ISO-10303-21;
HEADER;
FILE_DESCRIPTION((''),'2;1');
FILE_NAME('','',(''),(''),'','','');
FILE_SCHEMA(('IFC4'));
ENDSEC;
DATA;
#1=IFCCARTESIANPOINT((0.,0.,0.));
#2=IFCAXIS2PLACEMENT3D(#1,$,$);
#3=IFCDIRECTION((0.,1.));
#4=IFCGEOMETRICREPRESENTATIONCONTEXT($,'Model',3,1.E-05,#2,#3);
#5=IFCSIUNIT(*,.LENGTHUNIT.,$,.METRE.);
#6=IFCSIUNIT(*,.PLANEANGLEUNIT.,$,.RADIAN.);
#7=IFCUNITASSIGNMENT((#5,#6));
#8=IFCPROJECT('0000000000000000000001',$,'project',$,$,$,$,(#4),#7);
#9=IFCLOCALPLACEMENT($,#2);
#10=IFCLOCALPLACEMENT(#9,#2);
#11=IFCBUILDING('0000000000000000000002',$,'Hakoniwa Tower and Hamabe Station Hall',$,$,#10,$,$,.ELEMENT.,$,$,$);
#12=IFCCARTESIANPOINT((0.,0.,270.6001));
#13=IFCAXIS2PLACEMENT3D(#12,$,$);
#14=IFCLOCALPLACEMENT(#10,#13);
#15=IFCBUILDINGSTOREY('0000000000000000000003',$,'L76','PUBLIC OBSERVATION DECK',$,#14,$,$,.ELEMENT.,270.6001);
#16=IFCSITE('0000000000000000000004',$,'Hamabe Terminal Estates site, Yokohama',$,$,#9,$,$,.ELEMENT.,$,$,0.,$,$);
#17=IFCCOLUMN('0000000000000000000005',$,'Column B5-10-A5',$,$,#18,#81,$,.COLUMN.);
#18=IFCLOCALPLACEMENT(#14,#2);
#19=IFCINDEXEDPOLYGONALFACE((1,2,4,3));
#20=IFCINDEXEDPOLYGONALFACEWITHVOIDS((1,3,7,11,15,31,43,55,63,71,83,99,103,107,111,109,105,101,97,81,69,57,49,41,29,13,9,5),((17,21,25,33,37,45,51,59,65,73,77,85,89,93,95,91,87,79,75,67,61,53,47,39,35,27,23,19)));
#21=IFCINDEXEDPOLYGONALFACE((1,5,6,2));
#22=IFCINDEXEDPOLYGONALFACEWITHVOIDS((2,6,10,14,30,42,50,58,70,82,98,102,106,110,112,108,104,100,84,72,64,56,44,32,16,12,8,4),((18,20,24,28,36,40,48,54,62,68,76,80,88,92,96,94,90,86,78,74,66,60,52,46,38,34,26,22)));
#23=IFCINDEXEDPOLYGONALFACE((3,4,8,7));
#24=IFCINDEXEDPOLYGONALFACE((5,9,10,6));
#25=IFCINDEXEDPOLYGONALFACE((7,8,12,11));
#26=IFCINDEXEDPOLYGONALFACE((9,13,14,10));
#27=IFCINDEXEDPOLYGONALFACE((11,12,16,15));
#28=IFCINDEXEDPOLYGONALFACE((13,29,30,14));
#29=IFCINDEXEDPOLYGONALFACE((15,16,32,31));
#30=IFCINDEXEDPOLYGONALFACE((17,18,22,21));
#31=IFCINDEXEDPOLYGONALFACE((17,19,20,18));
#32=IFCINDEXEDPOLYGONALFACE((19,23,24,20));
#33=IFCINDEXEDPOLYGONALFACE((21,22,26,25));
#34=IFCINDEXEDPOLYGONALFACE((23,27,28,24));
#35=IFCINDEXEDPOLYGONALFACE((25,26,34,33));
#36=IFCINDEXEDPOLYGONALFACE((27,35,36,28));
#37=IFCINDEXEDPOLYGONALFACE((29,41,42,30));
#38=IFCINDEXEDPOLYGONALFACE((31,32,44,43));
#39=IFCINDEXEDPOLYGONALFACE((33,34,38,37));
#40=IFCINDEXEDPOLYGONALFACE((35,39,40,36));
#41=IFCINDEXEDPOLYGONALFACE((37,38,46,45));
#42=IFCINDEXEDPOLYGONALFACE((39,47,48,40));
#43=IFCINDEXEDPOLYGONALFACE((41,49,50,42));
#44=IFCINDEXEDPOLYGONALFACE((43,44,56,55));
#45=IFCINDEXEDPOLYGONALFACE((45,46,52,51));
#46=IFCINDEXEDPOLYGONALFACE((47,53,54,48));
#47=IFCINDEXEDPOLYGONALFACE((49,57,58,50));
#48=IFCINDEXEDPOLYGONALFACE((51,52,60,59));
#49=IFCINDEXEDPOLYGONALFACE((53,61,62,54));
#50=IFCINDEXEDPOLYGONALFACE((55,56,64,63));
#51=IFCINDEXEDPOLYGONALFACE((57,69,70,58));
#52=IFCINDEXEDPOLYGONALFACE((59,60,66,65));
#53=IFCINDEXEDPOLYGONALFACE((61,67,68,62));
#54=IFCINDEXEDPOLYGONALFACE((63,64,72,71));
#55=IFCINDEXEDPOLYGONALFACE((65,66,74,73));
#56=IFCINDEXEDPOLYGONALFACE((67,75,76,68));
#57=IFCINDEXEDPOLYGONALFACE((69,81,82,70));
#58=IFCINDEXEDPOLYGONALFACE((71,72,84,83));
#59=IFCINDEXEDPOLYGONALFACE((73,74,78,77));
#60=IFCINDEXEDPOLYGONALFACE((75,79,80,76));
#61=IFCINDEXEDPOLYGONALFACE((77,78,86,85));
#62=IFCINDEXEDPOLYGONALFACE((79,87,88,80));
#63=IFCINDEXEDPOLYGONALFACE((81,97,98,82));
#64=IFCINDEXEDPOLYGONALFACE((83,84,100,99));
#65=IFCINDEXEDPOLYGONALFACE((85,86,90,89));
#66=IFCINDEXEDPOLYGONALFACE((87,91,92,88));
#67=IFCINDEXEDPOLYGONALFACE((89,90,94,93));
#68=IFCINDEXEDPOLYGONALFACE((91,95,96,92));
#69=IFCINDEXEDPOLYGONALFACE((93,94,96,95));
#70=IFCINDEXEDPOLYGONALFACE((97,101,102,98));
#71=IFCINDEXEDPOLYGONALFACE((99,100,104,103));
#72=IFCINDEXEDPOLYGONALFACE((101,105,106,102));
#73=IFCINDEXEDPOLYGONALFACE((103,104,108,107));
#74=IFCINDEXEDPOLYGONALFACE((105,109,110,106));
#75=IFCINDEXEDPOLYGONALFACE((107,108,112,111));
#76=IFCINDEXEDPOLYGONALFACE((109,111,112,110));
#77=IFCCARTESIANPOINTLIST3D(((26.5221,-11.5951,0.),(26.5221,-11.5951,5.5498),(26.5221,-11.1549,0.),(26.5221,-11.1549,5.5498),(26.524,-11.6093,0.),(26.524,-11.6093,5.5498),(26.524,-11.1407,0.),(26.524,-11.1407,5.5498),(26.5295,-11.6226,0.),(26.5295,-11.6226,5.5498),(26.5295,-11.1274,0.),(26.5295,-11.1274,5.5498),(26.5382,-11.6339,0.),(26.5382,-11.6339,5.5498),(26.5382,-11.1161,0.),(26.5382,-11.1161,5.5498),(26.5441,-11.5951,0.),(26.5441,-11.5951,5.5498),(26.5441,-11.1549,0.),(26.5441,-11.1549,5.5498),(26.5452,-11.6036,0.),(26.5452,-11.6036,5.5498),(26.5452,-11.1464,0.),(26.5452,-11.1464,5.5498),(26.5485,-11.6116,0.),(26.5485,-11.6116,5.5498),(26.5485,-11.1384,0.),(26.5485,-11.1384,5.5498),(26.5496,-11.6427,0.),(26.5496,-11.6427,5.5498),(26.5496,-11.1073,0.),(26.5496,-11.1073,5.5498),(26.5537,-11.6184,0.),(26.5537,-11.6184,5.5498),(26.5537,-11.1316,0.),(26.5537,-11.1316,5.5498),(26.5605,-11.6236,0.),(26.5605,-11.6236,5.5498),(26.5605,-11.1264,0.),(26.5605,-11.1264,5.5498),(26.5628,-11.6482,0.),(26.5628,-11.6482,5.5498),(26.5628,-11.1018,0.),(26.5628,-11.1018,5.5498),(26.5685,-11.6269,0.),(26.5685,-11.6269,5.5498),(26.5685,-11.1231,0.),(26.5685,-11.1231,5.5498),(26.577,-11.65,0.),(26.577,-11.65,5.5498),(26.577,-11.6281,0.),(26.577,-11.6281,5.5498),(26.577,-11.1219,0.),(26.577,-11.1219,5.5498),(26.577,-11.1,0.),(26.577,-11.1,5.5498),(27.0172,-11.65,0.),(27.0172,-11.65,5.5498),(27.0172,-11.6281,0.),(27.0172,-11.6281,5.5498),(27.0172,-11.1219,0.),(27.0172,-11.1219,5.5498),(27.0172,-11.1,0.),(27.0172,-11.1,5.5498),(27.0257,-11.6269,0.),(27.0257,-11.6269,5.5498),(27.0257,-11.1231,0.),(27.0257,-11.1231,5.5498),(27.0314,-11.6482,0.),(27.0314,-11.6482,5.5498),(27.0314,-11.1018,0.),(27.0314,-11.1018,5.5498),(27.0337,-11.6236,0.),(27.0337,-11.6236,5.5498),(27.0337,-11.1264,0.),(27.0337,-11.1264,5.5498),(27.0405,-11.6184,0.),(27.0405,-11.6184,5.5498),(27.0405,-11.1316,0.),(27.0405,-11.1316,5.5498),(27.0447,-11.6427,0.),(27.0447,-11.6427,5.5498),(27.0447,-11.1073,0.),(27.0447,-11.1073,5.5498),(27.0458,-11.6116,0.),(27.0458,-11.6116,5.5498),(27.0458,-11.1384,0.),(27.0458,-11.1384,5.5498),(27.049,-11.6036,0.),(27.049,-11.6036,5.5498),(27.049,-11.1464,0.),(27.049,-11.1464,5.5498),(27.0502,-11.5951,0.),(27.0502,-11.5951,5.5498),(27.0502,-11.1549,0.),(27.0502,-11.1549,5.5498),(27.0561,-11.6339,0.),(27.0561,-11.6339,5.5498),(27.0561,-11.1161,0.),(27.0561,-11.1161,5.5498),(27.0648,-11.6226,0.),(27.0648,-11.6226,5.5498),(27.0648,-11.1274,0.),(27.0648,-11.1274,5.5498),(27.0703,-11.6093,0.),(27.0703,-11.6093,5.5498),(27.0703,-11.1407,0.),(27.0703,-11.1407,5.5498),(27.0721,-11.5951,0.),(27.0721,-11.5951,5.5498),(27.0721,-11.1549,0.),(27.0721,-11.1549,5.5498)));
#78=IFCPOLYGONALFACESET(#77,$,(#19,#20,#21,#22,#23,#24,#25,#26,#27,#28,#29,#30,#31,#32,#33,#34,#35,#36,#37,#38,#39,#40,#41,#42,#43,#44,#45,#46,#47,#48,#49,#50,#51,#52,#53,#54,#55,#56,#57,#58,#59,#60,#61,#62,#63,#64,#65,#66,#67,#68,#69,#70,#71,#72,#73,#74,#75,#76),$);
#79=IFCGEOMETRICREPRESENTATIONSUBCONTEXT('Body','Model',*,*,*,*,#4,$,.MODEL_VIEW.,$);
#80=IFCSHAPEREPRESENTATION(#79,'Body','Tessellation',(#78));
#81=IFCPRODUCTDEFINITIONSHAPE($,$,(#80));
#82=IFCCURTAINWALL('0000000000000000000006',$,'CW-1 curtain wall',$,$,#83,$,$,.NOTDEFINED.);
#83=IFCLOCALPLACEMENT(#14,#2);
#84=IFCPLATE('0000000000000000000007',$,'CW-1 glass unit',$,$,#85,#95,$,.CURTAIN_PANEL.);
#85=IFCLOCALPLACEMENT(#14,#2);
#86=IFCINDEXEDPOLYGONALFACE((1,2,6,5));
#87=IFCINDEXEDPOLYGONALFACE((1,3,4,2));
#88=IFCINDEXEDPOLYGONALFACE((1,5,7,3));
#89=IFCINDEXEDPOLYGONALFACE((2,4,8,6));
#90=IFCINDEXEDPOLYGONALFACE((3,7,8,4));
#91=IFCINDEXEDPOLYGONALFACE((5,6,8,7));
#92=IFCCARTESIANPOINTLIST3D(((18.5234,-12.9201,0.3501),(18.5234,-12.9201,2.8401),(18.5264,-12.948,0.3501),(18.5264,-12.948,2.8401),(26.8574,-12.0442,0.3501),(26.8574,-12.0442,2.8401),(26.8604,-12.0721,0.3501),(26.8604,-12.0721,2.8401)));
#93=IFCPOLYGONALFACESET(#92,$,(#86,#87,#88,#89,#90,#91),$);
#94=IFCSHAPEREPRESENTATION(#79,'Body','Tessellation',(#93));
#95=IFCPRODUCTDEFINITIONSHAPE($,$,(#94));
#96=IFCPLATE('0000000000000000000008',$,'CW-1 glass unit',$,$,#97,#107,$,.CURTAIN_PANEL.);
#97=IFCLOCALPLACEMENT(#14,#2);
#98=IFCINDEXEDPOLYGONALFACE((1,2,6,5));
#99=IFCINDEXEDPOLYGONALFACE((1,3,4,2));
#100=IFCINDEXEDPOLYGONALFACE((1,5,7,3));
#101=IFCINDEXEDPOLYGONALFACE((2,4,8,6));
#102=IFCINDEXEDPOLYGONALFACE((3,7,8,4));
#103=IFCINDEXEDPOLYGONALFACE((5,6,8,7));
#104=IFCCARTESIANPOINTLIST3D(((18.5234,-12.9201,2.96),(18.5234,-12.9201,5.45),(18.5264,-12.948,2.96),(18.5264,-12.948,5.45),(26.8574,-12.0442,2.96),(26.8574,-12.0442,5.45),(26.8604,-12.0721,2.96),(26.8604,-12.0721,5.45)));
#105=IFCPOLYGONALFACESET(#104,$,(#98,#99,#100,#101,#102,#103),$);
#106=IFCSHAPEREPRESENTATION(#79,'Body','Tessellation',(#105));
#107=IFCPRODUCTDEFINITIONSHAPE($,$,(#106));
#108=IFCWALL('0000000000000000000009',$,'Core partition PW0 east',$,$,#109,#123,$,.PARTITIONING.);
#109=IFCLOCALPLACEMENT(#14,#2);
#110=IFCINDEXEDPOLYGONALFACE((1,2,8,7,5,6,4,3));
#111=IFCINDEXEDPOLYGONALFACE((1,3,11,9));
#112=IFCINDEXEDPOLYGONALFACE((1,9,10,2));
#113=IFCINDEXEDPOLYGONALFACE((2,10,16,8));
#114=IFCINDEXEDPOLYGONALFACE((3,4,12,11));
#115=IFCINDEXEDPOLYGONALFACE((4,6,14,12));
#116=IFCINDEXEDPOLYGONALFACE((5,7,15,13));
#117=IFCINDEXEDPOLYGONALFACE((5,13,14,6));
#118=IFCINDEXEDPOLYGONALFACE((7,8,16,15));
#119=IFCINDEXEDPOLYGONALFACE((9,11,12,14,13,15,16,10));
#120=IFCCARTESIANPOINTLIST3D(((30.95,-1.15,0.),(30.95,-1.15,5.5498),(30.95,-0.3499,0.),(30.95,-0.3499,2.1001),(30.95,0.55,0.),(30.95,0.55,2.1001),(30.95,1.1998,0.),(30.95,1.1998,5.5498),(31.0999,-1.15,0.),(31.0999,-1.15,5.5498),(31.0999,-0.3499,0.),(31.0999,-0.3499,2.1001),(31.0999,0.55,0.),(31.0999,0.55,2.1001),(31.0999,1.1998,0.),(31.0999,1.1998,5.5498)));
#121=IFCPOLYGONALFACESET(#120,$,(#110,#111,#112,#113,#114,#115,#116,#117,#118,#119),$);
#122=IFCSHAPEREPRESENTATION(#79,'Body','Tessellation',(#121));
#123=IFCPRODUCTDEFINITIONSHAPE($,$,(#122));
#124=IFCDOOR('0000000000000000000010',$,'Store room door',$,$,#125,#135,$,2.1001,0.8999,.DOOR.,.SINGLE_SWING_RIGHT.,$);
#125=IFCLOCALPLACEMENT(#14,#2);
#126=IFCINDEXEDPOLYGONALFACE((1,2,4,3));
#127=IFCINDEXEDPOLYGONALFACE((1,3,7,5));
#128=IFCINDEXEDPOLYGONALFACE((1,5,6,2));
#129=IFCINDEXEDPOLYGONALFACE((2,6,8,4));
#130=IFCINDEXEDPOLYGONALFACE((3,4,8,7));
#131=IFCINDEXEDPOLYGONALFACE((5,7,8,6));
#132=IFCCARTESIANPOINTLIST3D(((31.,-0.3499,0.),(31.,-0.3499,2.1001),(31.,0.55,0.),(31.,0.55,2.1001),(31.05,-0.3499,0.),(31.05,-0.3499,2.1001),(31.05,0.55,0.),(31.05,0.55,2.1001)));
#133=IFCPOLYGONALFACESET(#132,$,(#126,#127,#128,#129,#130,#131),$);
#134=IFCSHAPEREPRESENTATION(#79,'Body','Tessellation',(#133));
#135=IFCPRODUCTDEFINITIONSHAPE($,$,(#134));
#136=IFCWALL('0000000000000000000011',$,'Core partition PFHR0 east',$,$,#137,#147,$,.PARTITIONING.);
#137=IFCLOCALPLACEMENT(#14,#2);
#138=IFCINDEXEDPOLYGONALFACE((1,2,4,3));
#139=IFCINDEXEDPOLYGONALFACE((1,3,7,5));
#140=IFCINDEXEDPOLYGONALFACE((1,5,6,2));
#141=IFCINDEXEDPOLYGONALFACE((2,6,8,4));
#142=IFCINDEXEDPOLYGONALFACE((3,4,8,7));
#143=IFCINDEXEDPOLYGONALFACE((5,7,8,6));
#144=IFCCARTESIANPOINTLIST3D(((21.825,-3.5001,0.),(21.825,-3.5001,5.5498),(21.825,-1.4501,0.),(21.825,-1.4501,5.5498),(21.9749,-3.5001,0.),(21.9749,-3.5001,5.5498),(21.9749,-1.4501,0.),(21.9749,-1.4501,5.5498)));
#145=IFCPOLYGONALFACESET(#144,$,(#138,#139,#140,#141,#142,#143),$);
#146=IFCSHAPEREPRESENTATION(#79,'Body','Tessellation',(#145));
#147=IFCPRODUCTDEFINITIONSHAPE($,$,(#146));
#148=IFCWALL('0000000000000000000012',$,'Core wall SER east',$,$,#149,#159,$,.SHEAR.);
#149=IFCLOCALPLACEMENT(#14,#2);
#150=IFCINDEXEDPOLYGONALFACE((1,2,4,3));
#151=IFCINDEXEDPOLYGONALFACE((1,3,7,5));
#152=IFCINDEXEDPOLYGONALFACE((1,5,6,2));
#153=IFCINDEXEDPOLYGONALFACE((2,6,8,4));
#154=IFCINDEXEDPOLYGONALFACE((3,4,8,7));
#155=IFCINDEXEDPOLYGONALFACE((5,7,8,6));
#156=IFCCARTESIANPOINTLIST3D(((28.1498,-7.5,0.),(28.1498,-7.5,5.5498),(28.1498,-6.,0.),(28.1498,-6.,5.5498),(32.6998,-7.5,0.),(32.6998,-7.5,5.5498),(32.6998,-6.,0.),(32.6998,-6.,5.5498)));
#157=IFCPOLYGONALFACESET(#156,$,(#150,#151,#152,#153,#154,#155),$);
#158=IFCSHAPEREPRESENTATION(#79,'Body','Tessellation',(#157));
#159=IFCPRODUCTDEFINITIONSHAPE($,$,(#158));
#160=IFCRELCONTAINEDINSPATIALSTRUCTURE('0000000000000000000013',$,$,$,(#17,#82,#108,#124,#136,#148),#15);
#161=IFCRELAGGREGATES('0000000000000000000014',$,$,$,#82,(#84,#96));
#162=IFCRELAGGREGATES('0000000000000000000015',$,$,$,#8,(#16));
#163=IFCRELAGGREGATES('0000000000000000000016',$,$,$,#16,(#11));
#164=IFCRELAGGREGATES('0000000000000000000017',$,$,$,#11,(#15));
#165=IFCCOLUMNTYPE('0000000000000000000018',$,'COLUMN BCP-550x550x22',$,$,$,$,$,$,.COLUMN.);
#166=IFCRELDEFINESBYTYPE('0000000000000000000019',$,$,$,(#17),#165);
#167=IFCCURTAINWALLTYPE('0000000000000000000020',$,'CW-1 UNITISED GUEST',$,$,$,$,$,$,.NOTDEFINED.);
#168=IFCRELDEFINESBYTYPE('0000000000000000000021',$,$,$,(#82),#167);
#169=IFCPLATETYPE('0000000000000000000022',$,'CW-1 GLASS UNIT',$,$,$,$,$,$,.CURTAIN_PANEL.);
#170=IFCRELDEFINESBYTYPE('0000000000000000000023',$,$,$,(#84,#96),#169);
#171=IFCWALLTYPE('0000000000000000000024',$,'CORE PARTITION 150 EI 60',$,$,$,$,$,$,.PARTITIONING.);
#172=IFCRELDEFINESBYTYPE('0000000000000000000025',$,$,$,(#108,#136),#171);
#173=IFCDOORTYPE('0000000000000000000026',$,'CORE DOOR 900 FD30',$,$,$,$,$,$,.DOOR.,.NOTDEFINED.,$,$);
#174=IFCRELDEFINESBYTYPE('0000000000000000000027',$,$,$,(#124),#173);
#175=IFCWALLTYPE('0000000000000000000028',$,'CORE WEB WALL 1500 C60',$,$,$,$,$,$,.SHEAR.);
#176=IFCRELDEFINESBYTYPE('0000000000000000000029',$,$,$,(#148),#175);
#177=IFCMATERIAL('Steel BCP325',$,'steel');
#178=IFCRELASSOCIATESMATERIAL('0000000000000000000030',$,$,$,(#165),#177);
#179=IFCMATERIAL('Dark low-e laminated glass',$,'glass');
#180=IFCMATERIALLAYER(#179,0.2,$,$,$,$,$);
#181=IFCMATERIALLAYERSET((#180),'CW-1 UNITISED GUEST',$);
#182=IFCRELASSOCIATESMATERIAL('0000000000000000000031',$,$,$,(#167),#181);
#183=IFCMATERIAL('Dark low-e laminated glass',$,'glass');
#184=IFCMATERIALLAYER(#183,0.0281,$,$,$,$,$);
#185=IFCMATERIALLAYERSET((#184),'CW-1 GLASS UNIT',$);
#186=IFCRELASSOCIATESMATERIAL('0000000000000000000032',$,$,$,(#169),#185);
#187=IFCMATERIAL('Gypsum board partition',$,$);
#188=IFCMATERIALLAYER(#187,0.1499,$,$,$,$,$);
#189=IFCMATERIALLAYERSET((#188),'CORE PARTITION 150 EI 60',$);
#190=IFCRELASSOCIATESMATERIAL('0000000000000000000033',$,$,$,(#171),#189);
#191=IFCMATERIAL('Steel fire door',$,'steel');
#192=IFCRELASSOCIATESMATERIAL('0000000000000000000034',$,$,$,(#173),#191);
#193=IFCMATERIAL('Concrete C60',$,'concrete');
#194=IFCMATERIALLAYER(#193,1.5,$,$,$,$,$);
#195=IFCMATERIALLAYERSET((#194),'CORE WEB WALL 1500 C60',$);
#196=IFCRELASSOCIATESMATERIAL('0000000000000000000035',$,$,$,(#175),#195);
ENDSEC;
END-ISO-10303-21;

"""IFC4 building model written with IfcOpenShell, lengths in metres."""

from ifc_helpers import new_model, si_unit, direction, frame, frame_2d, origin, origin_2d, place, context, subcontext, project, spatial, rectangle, hollow_rectangle, extrude, material, layer, layer_set, material_profile, profile_set, type_object, element, fill, aggregate, save


model = new_model("IFC4")

# Units and contexts
model_context = context("Model", 3, precision=1e-05, world=origin(), true_north=direction((0.0, 1.0)))
body_context = subcontext(model_context, "Body", "Model", "MODEL_VIEW")
ifc_project = project(units=[si_unit("LENGTHUNIT", "METRE"), si_unit("PLANEANGLEUNIT", "RADIAN")], contexts=[model_context])

# Site, building, storey
site_placement = place(None, origin())
site = spatial("IfcSite", under=ifc_project, at=site_placement, Name="Hamabe Terminal Estates site, Yokohama", CompositionType="ELEMENT", RefElevation=0.0)
building_placement = place(site_placement, origin())
building = spatial("IfcBuilding", under=site, at=building_placement, Name="Hakoniwa Tower and Hamabe Station Hall", CompositionType="ELEMENT")
storey_placement = place(building_placement, frame((0.0, 0.0, 270.6001)))
storey = spatial("IfcBuildingStorey", under=building, at=storey_placement, Name="L76", Description="PUBLIC OBSERVATION DECK", CompositionType="ELEMENT", Elevation=270.6001)

# Column
ifc_material_1 = material(Name="Steel BCP325", Category="steel")
ifc_material_profile = material_profile(ifc_material_1, hollow_rectangle(XDim=0.55, YDim=0.55, WallThickness=0.022, InnerFilletRadius=0.033, OuterFilletRadius=0.0549, at=origin_2d()), Name="BCP-550x550x22")
ifc_profile_set = profile_set([ifc_material_profile], Name="Steel BCP325")
column_type = type_object("IfcColumnType", Name="COLUMN BCP-550x550x22", PredefinedType="COLUMN", material=ifc_profile_set)
column_placement = place(storey_placement, frame((26.7971, -11.375, 0.0), z_axis=(0.0, 0.0, 1.0), x_axis=(1.0, 0.0, 0.0)))
element("IfcColumn", 1, at=column_placement, inside=storey, type_object=column_type, Name="Column B5-10-A5", PredefinedType="COLUMN", context=body_context, shape_type="SweptSolid", body=[
    extrude(hollow_rectangle(XDim=0.55, YDim=0.55, WallThickness=0.022, InnerFilletRadius=0.033, OuterFilletRadius=0.0549, at=origin_2d()), origin(), (0.0, 0.0, 1.0), 5.5498),
])

# Curtain wall, plates
ifc_material_2 = material(Name="Dark low-e laminated glass", Category="glass")
ifc_layer_1 = layer(ifc_material_2, 0.2)
ifc_layer_set_1 = layer_set([ifc_layer_1], Name="CW-1 UNITISED GUEST")
curtain_wall_type = type_object("IfcCurtainWallType", Name="CW-1 UNITISED GUEST", PredefinedType="NOTDEFINED", material=ifc_layer_set_1)
curtain_wall_placement = place(storey_placement, origin())
curtain_wall = element("IfcCurtainWall", 2, at=curtain_wall_placement, inside=storey, type_object=curtain_wall_type, Name="CW-1 curtain wall", PredefinedType="NOTDEFINED")
ifc_material_3 = material(Name="Dark low-e laminated glass", Category="glass")
ifc_layer_2 = layer(ifc_material_3, 0.0281)
ifc_layer_set_2 = layer_set([ifc_layer_2], Name="CW-1 GLASS UNIT")
plate_type = type_object("IfcPlateType", Name="CW-1 GLASS UNIT", PredefinedType="CURTAIN_PANEL", material=ifc_layer_set_2)
plate_1_placement = place(storey_placement, frame((22.6919, -12.4961, 0.3501), z_axis=(0.0, 0.0, 1.0), x_axis=(0.994522, 0.104528, 0.0)))
plate_1 = element("IfcPlate", 3, at=plate_1_placement, type_object=plate_type, Name="CW-1 glass unit", PredefinedType="CURTAIN_PANEL", context=body_context, shape_type="SweptSolid", body=[
    extrude(rectangle(XDim=8.3799, YDim=0.0281, at=origin_2d()), origin(), (0.0, 0.0, 1.0), 2.49),
])
plate_2_placement = place(storey_placement, frame((22.6919, -12.4961, 2.96), z_axis=(0.0, 0.0, 1.0), x_axis=(0.994522, 0.104528, 0.0)))
plate_2 = element("IfcPlate", 4, at=plate_2_placement, type_object=plate_type, Name="CW-1 glass unit", PredefinedType="CURTAIN_PANEL", context=body_context, shape_type="SweptSolid", body=[
    extrude(rectangle(XDim=8.3799, YDim=0.0281, at=origin_2d()), origin(), (0.0, 0.0, 1.0), 2.49),
])
aggregate(curtain_wall, [plate_1, plate_2])

# Wall, opening, door
ifc_material_4 = material(Name="Gypsum board partition")
ifc_layer_3 = layer(ifc_material_4, 0.1499)
ifc_layer_set_3 = layer_set([ifc_layer_3], Name="CORE PARTITION 150 EI 60")
wall_type_1 = type_object("IfcWallType", Name="CORE PARTITION 150 EI 60", PredefinedType="PARTITIONING", material=ifc_layer_set_3)
wall_1_placement = place(storey_placement, frame((31.0249, -1.1499, 0.0), z_axis=(0.0, 0.0, 1.0), x_axis=(0.0, 1.0, 0.0)))
wall_1 = element("IfcWall", 5, at=wall_1_placement, inside=storey, type_object=wall_type_1, Name="Core partition PW0 east", PredefinedType="PARTITIONING", context=body_context, shape_type="SweptSolid", body=[
    extrude(rectangle(XDim=2.3499, YDim=0.1499, at=frame_2d((1.1748, 0.0))), origin(), (0.0, 0.0, 1.0), 5.5498),
])
opening_1_placement = place(wall_1_placement, frame((0.8, 0.0, 0.0)))
opening_1 = element("IfcOpeningElement", 6, at=opening_1_placement, cuts=wall_1, PredefinedType="OPENING", context=body_context, shape_type="SweptSolid", body=[
    extrude(rectangle(XDim=0.8999, YDim=2.1001, at=frame_2d((0.45, 1.05))), frame((0.0, 0.085, 0.0), z_axis=(0.0, -1.0, 0.0), x_axis=(1.0, 0.0, 0.0)), (0.0, 0.0, 1.0), 0.1699),
])
ifc_material_5 = material(Name="Steel fire door", Category="steel")
door_type_1 = type_object("IfcDoorType", Name="CORE DOOR 900 FD30", OperationType="NOTDEFINED", PredefinedType="DOOR", material=ifc_material_5)
door_1_placement = place(opening_1_placement, origin())
door_1 = element("IfcDoor", 7, at=door_1_placement, inside=storey, type_object=door_type_1, Name="Store room door", OperationType="SINGLE_SWING_RIGHT", OverallHeight=2.1001, OverallWidth=0.8999, PredefinedType="DOOR", context=body_context, shape_type="SweptSolid", body=[
    extrude(rectangle(XDim=0.8999, YDim=2.1001, at=frame_2d((0.45, 1.05))), frame((0.0, 0.0249, 0.0), z_axis=(0.0, -1.0, 0.0), x_axis=(1.0, 0.0, 0.0)), (0.0, 0.0, 1.0), 0.05),
])
fill(opening_1, door_1)

# Walls
wall_2_placement = place(storey_placement, frame((21.8999, -3.5, 0.0), z_axis=(0.0, 0.0, 1.0), x_axis=(0.0, 1.0, 0.0)))
element("IfcWall", 8, at=wall_2_placement, inside=storey, type_object=wall_type_1, Name="Core partition PFHR0 east", PredefinedType="PARTITIONING", context=body_context, shape_type="SweptSolid", body=[
    extrude(rectangle(XDim=2.05, YDim=0.1499, at=frame_2d((1.0249, 0.0))), origin(), (0.0, 0.0, 1.0), 5.5498),
])
ifc_material_6 = material(Name="Concrete C60", Category="concrete")
ifc_layer_4 = layer(ifc_material_6, 1.5)
ifc_layer_set_4 = layer_set([ifc_layer_4], Name="CORE WEB WALL 1500 C60")
wall_type_2 = type_object("IfcWallType", Name="CORE WEB WALL 1500 C60", PredefinedType="SHEAR", material=ifc_layer_set_4)
wall_3_placement = place(storey_placement, frame((28.1499, -6.75, 0.0), z_axis=(0.0, 0.0, 1.0), x_axis=(1.0, 0.0, 0.0)))
element("IfcWall", 9, at=wall_3_placement, inside=storey, type_object=wall_type_2, Name="Core wall SER east", PredefinedType="SHEAR", context=body_context, shape_type="SweptSolid", body=[
    extrude(rectangle(XDim=4.55, YDim=1.5, at=frame_2d((2.2749, 0.0))), origin(), (0.0, 0.0, 1.0), 5.5498),
])

save(model, "model.ifc")
